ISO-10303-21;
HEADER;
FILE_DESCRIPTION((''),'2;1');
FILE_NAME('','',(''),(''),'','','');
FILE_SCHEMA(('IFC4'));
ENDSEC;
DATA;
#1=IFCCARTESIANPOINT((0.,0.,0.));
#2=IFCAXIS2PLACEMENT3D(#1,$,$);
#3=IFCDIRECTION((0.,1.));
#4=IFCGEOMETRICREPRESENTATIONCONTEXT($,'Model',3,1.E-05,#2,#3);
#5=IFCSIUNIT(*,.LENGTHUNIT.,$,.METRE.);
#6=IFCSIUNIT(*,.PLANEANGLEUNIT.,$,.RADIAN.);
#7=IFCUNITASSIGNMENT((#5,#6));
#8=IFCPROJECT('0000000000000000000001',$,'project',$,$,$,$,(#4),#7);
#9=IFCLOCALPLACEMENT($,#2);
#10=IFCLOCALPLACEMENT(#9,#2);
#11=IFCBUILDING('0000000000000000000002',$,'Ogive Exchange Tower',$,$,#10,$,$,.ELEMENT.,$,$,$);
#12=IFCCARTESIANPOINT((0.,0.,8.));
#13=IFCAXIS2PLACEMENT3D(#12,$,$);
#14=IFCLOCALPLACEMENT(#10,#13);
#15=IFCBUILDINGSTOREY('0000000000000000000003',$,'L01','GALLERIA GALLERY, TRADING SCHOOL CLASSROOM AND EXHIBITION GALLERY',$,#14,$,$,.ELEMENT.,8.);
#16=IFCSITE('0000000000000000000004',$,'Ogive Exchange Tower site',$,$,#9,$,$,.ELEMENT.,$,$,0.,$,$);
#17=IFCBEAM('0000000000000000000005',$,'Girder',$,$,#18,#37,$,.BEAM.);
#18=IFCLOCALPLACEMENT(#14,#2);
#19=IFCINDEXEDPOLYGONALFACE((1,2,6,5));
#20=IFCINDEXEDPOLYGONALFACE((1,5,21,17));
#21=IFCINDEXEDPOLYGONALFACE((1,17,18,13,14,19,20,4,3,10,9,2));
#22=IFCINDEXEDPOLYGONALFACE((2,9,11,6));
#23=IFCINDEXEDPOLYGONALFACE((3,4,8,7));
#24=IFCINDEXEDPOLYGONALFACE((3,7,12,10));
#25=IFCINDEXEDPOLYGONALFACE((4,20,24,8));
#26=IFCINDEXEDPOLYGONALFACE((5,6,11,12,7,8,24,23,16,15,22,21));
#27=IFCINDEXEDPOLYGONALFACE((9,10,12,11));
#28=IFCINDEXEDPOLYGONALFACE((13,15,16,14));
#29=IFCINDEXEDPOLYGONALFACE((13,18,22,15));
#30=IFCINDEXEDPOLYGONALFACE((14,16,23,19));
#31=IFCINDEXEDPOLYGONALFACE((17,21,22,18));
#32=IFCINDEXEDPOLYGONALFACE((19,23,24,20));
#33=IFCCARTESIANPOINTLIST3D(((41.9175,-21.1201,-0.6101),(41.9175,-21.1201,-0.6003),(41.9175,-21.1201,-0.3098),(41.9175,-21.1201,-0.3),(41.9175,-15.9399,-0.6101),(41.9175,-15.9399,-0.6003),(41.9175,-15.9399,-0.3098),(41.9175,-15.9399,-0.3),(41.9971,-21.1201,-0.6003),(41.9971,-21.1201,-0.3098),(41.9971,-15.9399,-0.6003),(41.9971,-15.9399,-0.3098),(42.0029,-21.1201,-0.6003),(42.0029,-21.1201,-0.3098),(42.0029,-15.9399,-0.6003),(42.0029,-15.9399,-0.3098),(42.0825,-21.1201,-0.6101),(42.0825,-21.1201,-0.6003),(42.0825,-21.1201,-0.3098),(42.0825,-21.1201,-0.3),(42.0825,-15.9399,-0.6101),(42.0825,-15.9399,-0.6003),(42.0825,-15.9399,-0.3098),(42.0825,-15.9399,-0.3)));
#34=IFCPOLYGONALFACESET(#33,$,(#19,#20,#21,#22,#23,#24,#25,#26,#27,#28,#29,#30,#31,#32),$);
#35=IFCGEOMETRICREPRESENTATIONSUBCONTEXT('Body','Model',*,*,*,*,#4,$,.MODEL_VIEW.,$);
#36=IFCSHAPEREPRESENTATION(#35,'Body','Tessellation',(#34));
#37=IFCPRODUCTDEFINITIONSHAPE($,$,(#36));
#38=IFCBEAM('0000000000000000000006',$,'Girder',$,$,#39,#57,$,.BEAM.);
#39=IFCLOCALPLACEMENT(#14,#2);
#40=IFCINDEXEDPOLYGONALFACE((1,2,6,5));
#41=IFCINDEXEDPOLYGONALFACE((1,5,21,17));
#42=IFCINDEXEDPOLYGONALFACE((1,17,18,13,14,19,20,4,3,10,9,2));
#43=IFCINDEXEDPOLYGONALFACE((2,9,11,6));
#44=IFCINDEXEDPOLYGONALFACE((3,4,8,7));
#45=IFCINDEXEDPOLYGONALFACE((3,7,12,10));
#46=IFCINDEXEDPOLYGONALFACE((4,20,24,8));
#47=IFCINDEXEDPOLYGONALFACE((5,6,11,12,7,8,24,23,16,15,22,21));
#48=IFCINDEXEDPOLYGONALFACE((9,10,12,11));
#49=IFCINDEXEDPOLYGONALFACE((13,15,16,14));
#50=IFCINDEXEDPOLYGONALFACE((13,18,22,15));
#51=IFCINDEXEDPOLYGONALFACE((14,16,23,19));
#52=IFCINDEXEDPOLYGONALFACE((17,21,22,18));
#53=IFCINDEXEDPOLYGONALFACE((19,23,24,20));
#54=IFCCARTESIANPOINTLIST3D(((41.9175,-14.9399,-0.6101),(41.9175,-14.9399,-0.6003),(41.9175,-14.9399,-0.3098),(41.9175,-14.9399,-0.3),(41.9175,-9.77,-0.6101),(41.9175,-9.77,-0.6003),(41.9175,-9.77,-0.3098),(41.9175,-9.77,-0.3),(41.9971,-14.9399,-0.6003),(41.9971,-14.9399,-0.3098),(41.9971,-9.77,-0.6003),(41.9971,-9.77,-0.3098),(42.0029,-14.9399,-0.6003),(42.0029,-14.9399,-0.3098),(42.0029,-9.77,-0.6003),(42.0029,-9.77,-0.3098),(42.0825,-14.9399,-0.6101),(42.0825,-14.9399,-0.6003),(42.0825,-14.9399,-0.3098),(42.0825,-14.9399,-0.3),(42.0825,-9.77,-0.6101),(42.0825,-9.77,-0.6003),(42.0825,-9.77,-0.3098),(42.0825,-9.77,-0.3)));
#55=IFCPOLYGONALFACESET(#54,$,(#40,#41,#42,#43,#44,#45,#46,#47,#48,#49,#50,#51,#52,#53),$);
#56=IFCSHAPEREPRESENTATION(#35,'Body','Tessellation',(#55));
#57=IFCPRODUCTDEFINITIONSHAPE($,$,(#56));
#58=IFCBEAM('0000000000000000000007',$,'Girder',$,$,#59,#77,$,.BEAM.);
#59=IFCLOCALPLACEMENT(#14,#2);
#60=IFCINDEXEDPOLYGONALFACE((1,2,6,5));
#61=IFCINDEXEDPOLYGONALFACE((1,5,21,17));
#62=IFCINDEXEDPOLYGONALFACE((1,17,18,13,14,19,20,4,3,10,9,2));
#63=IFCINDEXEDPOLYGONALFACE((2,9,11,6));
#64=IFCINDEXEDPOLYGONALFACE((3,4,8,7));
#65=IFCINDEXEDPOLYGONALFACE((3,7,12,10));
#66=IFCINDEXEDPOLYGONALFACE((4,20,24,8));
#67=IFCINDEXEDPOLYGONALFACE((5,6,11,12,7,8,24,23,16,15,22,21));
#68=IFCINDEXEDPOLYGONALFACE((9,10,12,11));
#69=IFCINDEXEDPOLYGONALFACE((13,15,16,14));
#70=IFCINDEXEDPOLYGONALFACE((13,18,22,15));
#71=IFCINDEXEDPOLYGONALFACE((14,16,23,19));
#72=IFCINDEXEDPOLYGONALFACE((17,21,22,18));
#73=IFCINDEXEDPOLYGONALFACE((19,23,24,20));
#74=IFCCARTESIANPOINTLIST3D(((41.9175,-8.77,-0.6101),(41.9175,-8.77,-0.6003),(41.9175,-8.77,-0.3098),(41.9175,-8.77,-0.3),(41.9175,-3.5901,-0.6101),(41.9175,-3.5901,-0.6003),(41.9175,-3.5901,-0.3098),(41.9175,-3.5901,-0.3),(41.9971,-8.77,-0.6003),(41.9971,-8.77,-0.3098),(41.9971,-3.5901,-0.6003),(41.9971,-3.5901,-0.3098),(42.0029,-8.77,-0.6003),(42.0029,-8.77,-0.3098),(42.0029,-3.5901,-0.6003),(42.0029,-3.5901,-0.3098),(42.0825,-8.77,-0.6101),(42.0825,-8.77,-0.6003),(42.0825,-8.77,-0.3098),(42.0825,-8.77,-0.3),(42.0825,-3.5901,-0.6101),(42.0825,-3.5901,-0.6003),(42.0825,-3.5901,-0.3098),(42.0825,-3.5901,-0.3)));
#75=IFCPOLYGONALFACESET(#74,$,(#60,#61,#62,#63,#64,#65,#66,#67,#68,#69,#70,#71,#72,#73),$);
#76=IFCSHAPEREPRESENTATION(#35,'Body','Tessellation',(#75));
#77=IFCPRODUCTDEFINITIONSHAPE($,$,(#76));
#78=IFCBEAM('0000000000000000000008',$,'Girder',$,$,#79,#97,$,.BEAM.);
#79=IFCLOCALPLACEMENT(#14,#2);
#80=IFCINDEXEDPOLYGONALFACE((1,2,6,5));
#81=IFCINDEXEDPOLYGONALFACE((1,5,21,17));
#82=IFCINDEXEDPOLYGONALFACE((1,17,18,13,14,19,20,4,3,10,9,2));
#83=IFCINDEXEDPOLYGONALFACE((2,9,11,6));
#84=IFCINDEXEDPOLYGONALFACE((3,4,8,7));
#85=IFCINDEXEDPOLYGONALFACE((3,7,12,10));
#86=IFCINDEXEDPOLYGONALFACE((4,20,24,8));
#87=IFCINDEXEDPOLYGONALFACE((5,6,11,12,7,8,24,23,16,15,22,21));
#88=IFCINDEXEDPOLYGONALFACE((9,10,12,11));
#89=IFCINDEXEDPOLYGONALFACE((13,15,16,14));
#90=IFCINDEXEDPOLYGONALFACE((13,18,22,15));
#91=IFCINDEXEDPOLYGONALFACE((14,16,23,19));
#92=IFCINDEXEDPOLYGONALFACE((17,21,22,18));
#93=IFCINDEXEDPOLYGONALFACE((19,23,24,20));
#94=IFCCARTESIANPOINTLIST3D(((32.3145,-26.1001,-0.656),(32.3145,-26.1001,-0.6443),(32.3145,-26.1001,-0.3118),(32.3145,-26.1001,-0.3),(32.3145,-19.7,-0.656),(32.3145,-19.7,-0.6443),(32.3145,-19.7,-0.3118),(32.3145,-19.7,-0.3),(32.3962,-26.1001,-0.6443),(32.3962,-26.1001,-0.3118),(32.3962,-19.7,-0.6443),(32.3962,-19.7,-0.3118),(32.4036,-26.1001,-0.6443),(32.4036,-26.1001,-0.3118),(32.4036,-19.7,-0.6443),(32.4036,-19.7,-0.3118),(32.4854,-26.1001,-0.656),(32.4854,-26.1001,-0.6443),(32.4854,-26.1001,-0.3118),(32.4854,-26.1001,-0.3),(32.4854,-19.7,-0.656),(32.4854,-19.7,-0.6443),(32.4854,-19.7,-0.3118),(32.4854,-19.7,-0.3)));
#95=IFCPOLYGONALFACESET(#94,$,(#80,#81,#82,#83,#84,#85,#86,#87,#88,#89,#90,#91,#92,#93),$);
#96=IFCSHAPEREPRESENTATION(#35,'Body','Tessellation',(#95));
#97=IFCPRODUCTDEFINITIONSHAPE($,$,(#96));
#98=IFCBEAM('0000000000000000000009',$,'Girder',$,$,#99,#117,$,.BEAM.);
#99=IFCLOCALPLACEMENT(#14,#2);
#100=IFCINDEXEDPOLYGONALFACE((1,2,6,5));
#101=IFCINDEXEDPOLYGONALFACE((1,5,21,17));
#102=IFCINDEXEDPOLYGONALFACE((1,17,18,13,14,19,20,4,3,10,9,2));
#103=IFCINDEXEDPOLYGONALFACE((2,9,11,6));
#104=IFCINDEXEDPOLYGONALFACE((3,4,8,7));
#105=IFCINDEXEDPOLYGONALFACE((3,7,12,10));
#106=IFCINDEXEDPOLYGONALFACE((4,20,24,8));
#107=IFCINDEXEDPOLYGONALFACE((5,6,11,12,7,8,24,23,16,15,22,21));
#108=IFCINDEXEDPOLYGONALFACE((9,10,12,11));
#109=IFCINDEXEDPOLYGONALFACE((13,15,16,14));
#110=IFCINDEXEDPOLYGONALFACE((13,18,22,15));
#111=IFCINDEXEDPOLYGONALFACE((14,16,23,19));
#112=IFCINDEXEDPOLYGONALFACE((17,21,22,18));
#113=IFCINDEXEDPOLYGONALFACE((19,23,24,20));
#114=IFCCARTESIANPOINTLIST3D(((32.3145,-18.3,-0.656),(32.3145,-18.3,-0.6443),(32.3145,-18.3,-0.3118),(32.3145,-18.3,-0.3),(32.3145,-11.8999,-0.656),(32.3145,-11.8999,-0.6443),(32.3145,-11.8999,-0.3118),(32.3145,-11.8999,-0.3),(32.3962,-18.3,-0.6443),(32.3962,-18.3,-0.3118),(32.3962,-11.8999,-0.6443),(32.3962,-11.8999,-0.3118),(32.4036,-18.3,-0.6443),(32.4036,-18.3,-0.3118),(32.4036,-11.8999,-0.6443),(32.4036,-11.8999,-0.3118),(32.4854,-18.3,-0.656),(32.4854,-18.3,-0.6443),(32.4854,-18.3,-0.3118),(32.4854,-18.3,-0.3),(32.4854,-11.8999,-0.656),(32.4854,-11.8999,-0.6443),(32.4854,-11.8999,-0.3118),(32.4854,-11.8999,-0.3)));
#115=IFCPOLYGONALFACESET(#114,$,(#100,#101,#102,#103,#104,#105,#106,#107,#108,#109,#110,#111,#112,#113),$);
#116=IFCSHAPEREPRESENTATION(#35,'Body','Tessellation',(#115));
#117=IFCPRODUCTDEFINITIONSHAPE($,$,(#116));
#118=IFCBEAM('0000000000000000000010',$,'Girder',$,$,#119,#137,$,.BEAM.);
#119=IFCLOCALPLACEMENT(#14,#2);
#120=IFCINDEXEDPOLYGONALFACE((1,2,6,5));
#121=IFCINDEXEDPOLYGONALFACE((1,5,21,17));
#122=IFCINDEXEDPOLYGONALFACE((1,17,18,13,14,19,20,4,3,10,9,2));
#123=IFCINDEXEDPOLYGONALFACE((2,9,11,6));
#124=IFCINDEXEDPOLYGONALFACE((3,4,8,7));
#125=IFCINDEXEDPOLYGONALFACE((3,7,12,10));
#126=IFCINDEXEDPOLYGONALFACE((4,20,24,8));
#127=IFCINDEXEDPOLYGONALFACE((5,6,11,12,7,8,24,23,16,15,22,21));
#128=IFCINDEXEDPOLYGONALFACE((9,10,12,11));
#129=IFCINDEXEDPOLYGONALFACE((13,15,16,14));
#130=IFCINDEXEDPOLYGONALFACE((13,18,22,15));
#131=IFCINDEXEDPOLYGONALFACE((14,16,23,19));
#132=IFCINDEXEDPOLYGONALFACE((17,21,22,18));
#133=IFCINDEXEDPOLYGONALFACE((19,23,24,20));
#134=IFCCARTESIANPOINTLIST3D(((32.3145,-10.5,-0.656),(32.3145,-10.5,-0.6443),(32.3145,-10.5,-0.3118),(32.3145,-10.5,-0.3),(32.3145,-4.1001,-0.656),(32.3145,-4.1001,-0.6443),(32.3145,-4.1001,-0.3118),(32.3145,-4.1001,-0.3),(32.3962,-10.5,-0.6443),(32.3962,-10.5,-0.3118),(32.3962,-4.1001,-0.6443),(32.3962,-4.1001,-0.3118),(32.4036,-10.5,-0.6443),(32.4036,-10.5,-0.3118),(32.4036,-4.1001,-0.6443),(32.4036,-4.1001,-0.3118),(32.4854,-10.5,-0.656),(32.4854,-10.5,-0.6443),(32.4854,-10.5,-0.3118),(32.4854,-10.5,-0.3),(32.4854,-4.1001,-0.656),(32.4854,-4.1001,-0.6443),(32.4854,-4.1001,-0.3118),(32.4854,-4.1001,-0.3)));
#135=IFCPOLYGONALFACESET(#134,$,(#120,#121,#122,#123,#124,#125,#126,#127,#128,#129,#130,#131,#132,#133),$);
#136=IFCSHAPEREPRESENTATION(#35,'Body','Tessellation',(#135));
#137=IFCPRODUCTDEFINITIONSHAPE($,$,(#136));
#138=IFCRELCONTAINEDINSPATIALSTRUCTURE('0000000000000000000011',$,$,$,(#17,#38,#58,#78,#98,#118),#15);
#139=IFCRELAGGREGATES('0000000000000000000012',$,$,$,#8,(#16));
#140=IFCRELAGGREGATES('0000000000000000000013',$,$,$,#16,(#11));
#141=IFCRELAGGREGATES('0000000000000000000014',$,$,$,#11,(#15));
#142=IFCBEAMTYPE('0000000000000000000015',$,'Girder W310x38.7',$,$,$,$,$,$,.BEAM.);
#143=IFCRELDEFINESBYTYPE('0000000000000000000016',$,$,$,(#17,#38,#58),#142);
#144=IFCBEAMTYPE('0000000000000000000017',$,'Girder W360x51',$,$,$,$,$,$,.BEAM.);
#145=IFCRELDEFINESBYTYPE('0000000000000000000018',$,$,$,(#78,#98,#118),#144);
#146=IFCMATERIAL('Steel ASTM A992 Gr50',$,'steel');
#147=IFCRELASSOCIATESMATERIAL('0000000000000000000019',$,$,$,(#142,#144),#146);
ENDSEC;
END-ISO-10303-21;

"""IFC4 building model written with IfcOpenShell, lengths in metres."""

from ifc_helpers import new_model, si_unit, direction, frame, origin, origin_2d, place, context, subcontext, project, spatial, i_section, extrude, material, material_profile, profile_set, type_object, element, save


model = new_model("IFC4")

# Units and contexts
model_context = context("Model", 3, precision=1e-05, world=origin(), true_north=direction((0.0, 1.0)))
body_context = subcontext(model_context, "Body", "Model", "MODEL_VIEW")
ifc_project = project(units=[si_unit("LENGTHUNIT", "METRE"), si_unit("PLANEANGLEUNIT", "RADIAN")], contexts=[model_context])

# Site, building, storey
site_placement = place(None, origin())
site = spatial("IfcSite", under=ifc_project, at=site_placement, Name="Ogive Exchange Tower site", CompositionType="ELEMENT", RefElevation=0.0)
building_placement = place(site_placement, origin())
building = spatial("IfcBuilding", under=site, at=building_placement, Name="Ogive Exchange Tower", CompositionType="ELEMENT")
storey_placement = place(building_placement, frame((0.0, 0.0, 8.0)))
storey = spatial("IfcBuildingStorey", under=building, at=storey_placement, Name="L01", Description="GALLERIA GALLERY, TRADING SCHOOL CLASSROOM AND EXHIBITION GALLERY", CompositionType="ELEMENT", Elevation=8.0)

# Beams
ifc_material_1 = material(Name="Steel ASTM A992 Gr50", Category="steel")
ifc_material_profile_1 = material_profile(ifc_material_1, i_section(OverallWidth=0.165, OverallDepth=0.3101, WebThickness=0.0059, FlangeThickness=0.0098, at=origin_2d()), Name="W310x38.7")
ifc_profile_set_1 = profile_set([ifc_material_profile_1], Name="Steel ASTM A992 Gr50")
beam_type_1 = type_object("IfcBeamType", Name="Girder W310x38.7", PredefinedType="BEAM", material=ifc_profile_set_1)
beam_1_placement = place(storey_placement, frame((42.0, -21.1201, -0.4551), z_axis=(0.0, 1.0, 0.0), x_axis=(-1.0, 0.0, 0.0)))
element("IfcBeam", 1, at=beam_1_placement, inside=storey, type_object=beam_type_1, Name="Girder", PredefinedType="BEAM", context=body_context, shape_type="SweptSolid", body=[
    extrude(i_section(OverallWidth=0.165, OverallDepth=0.3101, WebThickness=0.0059, FlangeThickness=0.0098, at=origin_2d()), origin(), (0.0, 0.0, 1.0), 5.1802),
])
beam_2_placement = place(storey_placement, frame((42.0, -14.9399, -0.4551), z_axis=(0.0, 1.0, 0.0), x_axis=(-1.0, 0.0, 0.0)))
element("IfcBeam", 2, at=beam_2_placement, inside=storey, type_object=beam_type_1, Name="Girder", PredefinedType="BEAM", context=body_context, shape_type="SweptSolid", body=[
    extrude(i_section(OverallWidth=0.165, OverallDepth=0.3101, WebThickness=0.0059, FlangeThickness=0.0098, at=origin_2d()), origin(), (0.0, 0.0, 1.0), 5.1699),
])
beam_3_placement = place(storey_placement, frame((42.0, -8.77, -0.4551), z_axis=(0.0, 1.0, 0.0), x_axis=(-1.0, 0.0, 0.0)))
element("IfcBeam", 3, at=beam_3_placement, inside=storey, type_object=beam_type_1, Name="Girder", PredefinedType="BEAM", context=body_context, shape_type="SweptSolid", body=[
    extrude(i_section(OverallWidth=0.165, OverallDepth=0.3101, WebThickness=0.0059, FlangeThickness=0.0098, at=origin_2d()), origin(), (0.0, 0.0, 1.0), 5.1799),
])
ifc_material_profile_2 = material_profile(ifc_material_1, i_section(OverallWidth=0.1709, OverallDepth=0.356, WebThickness=0.0073, FlangeThickness=0.0117, at=origin_2d()), Name="W360x51")
ifc_profile_set_2 = profile_set([ifc_material_profile_2], Name="Steel ASTM A992 Gr50")
beam_type_2 = type_object("IfcBeamType", Name="Girder W360x51", PredefinedType="BEAM", material=ifc_profile_set_2)
for number, where, z_axis, x_axis, name in (
    (4, (32.3999, -26.1001, -0.478), (0.0, 1.0, 0.0), (-1.0, 0.0, 0.0), "Girder"),
    (5, (32.3999, -18.3, -0.478), (0.0, 1.0, 0.0), (-1.0, 0.0, 0.0), "Girder"),
):
    element("IfcBeam", number, at=place(storey_placement, frame(where, z_axis=z_axis, x_axis=x_axis)), inside=storey, type_object=beam_type_2, Name=name, PredefinedType="BEAM", context=body_context, shape_type="SweptSolid", body=[
        extrude(i_section(OverallWidth=0.1709, OverallDepth=0.356, WebThickness=0.0073, FlangeThickness=0.0117, at=origin_2d()), origin(), (0.0, 0.0, 1.0), 6.4001),
    ])
beam_4_placement = place(storey_placement, frame((32.3999, -10.5, -0.478), z_axis=(0.0, 1.0, 0.0), x_axis=(-1.0, 0.0, 0.0)))
element("IfcBeam", 6, at=beam_4_placement, inside=storey, type_object=beam_type_2, Name="Girder", PredefinedType="BEAM", context=body_context, shape_type="SweptSolid", body=[
    extrude(i_section(OverallWidth=0.1709, OverallDepth=0.356, WebThickness=0.0073, FlangeThickness=0.0117, at=origin_2d()), origin(), (0.0, 0.0, 1.0), 6.3999),
])

save(model, "model.ifc")
